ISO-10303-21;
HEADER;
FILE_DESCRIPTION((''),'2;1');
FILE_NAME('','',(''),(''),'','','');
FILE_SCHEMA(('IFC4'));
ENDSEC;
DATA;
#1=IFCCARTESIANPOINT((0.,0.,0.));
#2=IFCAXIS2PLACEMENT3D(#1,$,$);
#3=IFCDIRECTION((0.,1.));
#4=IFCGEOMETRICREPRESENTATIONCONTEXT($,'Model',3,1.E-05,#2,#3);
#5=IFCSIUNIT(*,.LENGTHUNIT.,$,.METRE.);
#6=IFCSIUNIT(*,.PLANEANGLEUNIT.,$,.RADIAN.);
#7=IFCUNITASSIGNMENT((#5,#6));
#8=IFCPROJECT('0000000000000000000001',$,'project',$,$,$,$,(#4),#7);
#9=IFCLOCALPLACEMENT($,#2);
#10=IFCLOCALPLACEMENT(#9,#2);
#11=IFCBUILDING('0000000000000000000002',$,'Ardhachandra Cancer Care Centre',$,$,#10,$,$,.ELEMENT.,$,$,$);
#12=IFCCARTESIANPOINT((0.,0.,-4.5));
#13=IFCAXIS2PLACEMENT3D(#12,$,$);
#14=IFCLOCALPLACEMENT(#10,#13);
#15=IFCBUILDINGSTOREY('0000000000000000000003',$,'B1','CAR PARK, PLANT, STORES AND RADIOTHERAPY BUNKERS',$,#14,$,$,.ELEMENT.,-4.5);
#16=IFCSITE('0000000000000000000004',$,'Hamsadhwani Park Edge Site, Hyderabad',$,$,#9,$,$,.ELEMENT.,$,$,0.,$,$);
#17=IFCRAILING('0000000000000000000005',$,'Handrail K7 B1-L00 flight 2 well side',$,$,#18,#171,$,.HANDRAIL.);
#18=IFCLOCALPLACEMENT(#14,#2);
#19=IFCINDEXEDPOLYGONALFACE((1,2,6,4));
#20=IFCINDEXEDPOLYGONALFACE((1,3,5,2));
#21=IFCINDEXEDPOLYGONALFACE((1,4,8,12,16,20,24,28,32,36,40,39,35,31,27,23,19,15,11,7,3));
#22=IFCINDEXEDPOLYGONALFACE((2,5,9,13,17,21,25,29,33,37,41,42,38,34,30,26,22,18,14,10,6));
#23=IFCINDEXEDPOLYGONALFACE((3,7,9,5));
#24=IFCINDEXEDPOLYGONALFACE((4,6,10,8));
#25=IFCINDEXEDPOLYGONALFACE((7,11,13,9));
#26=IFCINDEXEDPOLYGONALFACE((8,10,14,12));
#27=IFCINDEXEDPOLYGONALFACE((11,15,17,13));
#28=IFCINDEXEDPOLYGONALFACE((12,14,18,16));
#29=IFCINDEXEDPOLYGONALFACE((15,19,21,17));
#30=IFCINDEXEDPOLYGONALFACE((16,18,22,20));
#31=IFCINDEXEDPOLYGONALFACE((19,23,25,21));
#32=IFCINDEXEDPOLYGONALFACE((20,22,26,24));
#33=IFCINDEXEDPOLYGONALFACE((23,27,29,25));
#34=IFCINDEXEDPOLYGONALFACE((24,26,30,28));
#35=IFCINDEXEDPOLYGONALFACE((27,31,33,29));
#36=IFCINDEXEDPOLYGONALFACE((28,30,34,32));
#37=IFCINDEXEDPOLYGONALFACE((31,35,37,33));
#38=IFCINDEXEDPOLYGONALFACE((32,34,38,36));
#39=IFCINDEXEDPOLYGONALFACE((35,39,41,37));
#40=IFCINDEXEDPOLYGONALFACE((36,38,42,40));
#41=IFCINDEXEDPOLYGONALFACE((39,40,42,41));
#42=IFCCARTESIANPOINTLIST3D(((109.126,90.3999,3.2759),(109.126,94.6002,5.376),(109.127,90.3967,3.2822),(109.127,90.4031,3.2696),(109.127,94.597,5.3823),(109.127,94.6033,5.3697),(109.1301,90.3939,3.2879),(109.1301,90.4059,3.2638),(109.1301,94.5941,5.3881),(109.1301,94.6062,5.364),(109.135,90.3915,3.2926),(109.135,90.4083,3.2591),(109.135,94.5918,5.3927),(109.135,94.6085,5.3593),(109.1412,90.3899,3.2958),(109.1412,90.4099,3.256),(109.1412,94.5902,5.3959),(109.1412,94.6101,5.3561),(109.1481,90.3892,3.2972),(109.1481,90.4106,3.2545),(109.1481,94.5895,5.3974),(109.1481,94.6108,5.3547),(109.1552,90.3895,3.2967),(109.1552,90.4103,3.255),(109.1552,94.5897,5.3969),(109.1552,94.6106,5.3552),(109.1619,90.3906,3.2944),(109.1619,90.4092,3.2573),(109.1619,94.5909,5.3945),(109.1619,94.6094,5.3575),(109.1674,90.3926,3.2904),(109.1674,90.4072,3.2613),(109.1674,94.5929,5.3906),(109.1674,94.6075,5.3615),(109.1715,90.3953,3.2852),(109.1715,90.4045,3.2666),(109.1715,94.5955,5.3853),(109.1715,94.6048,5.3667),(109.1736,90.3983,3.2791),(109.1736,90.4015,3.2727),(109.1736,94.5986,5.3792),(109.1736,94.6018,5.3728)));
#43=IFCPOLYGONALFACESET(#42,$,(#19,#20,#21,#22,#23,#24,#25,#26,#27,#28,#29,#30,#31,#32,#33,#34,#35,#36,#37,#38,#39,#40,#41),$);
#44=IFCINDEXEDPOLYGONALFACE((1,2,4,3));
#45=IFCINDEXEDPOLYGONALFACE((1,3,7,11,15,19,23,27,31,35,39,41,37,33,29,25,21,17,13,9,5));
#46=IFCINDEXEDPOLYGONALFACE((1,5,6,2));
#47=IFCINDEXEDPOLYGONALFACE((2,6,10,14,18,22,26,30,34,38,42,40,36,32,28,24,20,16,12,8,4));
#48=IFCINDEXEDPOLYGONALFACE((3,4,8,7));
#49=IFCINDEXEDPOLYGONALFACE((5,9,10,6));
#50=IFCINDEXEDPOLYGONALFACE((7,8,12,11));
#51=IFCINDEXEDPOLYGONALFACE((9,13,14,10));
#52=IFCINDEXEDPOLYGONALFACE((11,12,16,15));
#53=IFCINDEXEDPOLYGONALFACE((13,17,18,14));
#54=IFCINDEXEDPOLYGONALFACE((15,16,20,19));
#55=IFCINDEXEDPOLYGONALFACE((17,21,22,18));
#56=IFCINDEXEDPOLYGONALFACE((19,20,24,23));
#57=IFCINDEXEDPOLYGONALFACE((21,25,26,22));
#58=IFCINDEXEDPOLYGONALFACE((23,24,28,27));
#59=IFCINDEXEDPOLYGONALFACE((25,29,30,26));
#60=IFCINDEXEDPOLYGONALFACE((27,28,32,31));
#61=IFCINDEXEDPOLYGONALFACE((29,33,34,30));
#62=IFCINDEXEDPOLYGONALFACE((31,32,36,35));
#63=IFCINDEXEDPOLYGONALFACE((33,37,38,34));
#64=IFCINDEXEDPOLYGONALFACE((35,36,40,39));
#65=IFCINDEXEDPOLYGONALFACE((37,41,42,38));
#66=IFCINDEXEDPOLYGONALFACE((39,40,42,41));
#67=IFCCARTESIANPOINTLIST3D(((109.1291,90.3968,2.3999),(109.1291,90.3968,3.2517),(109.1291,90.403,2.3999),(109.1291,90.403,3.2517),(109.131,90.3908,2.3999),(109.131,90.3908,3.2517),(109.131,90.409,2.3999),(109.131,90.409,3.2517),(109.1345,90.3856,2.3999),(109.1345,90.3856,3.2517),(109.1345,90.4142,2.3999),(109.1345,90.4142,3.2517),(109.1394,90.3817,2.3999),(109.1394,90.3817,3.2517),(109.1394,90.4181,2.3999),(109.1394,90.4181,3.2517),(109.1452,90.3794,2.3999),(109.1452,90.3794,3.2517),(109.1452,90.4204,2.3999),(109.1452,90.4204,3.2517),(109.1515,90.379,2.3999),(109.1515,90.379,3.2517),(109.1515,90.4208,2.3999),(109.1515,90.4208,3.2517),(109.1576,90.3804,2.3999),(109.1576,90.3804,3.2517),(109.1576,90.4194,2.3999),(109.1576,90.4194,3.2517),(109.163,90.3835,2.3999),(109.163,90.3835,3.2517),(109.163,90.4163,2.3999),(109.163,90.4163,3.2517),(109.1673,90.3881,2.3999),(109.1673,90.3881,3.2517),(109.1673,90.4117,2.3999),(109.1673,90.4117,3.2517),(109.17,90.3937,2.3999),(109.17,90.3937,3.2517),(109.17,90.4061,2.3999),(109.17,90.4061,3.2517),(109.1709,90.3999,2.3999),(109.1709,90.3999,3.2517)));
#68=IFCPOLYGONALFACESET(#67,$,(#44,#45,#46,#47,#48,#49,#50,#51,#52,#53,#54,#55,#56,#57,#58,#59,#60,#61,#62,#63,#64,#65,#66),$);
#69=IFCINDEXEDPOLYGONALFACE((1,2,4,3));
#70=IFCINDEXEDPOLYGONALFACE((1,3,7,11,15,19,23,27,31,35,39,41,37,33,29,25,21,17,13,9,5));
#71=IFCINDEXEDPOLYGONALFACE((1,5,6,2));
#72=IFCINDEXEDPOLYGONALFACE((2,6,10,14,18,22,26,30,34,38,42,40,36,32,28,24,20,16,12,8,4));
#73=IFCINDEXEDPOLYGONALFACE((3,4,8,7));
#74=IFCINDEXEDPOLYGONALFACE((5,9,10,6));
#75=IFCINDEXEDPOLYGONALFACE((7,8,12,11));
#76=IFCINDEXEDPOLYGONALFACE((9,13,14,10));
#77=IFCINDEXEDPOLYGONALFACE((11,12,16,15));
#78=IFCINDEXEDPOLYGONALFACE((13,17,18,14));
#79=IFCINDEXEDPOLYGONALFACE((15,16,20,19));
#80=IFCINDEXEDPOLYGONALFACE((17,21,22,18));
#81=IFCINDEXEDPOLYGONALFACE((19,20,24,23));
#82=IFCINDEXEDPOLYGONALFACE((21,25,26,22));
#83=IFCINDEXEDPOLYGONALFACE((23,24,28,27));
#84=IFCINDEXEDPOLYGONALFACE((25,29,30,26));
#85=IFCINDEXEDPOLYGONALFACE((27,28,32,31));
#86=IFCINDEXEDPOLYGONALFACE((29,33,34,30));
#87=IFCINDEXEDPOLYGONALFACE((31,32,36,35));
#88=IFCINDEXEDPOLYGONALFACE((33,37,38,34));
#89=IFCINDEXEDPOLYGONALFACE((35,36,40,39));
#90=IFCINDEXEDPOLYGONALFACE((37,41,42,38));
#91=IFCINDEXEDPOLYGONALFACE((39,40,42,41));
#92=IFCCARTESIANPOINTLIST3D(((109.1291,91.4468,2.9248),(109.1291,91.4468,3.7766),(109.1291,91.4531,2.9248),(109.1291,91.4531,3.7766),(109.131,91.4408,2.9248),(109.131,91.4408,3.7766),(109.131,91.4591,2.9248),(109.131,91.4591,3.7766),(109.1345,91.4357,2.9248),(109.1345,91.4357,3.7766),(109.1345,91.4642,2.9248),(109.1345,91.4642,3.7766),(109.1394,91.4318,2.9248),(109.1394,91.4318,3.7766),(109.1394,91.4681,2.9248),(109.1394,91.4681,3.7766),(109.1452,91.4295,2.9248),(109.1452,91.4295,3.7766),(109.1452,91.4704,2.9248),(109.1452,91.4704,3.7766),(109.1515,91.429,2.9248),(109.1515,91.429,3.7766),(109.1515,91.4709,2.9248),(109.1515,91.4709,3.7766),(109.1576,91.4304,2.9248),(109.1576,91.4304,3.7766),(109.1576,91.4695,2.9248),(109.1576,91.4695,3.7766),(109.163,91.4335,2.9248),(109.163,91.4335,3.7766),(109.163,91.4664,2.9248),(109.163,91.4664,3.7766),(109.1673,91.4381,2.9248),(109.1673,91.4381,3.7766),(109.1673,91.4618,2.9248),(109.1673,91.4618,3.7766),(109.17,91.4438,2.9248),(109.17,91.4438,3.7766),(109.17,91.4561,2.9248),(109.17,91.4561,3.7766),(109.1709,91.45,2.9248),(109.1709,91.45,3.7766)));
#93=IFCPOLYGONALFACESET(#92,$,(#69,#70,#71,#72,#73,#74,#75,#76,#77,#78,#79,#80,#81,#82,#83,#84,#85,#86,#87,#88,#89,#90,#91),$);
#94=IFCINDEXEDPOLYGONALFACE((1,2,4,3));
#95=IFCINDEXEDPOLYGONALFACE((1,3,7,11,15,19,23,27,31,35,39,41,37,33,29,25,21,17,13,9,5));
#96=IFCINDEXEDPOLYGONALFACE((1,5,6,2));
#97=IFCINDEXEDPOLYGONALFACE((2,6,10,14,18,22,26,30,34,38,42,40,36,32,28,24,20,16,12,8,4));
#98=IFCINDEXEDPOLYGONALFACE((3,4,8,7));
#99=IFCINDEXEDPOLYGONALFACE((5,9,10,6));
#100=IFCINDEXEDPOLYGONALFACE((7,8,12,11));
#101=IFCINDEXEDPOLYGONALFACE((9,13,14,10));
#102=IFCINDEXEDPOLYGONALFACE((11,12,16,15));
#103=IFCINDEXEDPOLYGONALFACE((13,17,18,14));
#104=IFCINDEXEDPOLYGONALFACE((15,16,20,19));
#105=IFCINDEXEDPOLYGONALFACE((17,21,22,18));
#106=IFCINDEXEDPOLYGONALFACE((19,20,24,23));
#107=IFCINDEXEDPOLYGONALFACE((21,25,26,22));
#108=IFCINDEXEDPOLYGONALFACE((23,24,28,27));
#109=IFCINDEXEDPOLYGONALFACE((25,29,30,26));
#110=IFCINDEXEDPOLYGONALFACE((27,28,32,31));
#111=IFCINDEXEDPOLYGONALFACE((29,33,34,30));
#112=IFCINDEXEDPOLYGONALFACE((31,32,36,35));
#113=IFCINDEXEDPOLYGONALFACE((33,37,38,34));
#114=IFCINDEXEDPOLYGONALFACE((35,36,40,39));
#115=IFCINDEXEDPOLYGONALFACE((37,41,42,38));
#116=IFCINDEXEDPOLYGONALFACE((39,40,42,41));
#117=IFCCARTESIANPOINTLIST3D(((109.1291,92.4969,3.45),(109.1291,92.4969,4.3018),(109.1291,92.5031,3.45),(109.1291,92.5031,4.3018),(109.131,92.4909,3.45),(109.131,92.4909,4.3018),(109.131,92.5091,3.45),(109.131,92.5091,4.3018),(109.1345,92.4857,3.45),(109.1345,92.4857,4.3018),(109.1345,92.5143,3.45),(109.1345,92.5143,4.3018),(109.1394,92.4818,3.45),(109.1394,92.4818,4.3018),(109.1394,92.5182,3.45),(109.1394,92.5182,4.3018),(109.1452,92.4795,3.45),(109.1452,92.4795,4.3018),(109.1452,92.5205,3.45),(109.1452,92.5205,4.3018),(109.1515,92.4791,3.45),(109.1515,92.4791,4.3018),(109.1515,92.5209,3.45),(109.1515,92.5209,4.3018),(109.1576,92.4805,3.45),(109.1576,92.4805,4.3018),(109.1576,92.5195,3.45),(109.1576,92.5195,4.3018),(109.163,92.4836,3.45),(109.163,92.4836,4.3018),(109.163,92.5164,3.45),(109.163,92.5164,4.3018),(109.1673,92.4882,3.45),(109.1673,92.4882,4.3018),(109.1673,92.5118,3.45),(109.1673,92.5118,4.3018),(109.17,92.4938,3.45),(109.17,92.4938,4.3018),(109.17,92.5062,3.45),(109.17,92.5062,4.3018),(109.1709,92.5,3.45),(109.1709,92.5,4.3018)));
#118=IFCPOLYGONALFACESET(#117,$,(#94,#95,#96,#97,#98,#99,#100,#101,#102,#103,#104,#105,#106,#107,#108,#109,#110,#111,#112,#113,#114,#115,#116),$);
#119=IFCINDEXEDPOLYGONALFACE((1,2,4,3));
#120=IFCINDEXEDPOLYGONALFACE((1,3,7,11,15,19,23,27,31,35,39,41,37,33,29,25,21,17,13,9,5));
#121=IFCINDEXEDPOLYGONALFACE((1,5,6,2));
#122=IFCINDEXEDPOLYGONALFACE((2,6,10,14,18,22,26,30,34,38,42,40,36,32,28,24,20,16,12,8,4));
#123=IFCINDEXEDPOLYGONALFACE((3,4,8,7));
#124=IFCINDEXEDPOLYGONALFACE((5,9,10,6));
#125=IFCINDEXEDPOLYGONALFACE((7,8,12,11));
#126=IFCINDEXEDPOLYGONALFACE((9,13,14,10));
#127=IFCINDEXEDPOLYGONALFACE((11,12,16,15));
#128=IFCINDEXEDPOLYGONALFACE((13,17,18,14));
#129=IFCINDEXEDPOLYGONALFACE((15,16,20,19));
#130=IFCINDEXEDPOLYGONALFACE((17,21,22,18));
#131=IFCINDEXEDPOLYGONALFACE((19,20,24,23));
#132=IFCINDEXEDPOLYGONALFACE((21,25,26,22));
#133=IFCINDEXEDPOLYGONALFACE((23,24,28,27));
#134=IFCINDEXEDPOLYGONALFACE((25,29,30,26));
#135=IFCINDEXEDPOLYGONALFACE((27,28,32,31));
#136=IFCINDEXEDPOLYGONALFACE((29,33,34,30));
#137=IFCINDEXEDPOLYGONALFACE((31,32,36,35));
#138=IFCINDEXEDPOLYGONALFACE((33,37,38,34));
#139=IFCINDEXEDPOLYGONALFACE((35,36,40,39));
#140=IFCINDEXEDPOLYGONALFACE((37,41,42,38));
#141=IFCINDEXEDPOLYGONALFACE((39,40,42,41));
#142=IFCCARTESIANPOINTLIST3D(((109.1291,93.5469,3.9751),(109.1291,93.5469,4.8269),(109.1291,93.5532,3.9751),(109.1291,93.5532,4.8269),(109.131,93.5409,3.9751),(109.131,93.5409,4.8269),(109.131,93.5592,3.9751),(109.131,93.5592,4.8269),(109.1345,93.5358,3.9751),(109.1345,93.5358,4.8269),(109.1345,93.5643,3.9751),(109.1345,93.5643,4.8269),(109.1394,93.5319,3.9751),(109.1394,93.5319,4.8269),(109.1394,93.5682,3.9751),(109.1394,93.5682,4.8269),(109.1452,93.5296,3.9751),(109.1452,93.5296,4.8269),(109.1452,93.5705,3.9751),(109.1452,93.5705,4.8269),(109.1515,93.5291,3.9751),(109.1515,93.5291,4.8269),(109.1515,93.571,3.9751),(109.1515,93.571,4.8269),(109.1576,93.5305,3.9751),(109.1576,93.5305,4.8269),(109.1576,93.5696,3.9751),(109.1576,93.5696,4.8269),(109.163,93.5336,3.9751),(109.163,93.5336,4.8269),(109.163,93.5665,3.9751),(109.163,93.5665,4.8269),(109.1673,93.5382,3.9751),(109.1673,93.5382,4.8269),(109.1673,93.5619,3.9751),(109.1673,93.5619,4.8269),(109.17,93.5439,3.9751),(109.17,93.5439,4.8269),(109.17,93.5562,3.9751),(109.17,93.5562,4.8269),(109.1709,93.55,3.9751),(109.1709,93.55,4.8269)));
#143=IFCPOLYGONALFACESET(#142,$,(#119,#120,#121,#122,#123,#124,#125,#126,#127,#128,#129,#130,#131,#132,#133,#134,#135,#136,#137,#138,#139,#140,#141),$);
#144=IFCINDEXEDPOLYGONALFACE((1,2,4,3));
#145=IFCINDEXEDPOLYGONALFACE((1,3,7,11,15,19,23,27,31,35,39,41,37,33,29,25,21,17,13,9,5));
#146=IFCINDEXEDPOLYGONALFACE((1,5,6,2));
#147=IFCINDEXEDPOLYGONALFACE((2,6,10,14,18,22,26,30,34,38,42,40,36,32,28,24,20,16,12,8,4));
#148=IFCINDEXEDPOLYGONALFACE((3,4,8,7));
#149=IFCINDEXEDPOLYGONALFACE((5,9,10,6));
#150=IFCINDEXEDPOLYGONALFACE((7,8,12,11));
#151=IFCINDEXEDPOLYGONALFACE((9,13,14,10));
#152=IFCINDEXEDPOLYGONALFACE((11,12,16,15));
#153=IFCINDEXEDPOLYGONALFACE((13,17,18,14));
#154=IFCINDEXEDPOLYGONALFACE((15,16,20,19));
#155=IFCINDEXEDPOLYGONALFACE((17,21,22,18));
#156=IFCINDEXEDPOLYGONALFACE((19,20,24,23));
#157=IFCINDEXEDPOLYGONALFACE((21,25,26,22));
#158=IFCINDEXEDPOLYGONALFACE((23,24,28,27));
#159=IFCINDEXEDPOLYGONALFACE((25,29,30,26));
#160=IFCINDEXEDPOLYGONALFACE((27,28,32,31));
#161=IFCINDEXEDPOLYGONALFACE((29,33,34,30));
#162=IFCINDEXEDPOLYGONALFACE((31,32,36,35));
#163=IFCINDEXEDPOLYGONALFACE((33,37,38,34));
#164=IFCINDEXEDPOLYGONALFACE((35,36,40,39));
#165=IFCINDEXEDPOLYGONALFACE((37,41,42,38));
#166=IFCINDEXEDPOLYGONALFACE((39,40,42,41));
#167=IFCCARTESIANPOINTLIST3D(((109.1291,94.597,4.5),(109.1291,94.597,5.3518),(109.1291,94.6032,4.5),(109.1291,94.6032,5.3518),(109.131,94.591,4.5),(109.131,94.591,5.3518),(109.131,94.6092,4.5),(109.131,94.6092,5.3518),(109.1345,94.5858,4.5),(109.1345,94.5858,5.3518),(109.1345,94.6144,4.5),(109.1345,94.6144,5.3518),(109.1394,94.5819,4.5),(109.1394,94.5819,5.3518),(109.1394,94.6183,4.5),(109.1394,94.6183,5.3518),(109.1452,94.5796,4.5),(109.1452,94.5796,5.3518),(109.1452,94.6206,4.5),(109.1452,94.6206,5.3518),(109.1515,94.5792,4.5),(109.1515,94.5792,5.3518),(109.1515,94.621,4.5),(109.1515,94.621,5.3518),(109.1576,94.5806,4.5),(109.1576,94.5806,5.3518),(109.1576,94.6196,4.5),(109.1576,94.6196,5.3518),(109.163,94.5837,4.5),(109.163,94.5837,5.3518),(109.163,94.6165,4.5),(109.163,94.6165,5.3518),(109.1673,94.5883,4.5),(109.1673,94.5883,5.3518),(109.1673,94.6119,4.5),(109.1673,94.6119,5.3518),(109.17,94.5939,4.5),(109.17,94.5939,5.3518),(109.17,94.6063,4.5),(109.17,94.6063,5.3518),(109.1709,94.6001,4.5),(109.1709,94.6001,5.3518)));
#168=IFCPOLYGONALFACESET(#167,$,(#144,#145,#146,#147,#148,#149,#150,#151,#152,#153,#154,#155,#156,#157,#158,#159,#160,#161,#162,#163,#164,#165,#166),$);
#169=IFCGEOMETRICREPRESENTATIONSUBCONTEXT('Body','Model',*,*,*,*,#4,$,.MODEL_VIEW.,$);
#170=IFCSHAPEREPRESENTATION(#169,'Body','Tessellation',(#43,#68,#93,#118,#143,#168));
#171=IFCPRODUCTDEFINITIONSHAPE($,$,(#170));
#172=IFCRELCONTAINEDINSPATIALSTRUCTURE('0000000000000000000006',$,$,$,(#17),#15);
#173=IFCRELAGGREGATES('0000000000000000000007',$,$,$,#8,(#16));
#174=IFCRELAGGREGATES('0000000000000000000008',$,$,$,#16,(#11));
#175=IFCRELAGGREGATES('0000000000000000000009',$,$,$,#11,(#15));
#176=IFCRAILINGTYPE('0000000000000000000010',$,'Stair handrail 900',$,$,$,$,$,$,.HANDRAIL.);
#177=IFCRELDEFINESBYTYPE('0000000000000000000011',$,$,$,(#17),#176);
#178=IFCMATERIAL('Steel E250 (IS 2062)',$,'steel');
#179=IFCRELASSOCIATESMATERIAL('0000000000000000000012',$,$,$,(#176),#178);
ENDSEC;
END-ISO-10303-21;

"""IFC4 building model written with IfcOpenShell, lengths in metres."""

from ifc_helpers import new_model, si_unit, direction, frame, origin, origin_2d, place, context, subcontext, project, spatial, circle, extrude, material, type_object, element, save


model = new_model("IFC4")

# Units and contexts
model_context = context("Model", 3, precision=1e-05, world=origin(), true_north=direction((0.0, 1.0)))
body_context = subcontext(model_context, "Body", "Model", "MODEL_VIEW")
ifc_project = project(units=[si_unit("LENGTHUNIT", "METRE"), si_unit("PLANEANGLEUNIT", "RADIAN")], contexts=[model_context])

# Site, building, storey
site_placement = place(None, origin())
site = spatial("IfcSite", under=ifc_project, at=site_placement, Name="Hamsadhwani Park Edge Site, Hyderabad", CompositionType="ELEMENT", RefElevation=0.0)
building_placement = place(site_placement, origin())
building = spatial("IfcBuilding", under=site, at=building_placement, Name="Ardhachandra Cancer Care Centre", CompositionType="ELEMENT")
storey_placement = place(building_placement, frame((0.0, 0.0, -4.5)))
storey = spatial("IfcBuildingStorey", under=building, at=storey_placement, Name="B1", Description="CAR PARK, PLANT, STORES AND RADIOTHERAPY BUNKERS", CompositionType="ELEMENT", Elevation=-4.5)

# Railing
ifc_material_1 = material(Name="Steel E250 (IS 2062)", Category="steel")
railing_type = type_object("IfcRailingType", Name="Stair handrail 900", PredefinedType="HANDRAIL", material=ifc_material_1)
for number, where, name in (
    (1, (109.1499, 90.3999, 2.3999), "Handrail K7 B1-L00 flight 2 well side"),
):
    element("IfcRailing", number, at=place(storey_placement, frame(where)), inside=storey, type_object=railing_type, Name=name, PredefinedType="HANDRAIL", context=body_context, shape_type="SweptSolid", body=[
        extrude(circle(Radius=0.0239, at=origin_2d()), frame((0.0, 0.0, 0.876), z_axis=(0.0, 0.894427, 0.447214), x_axis=(-1.0, 0.0, 0.0)), (0.0, 0.0, 1.0), 4.696),
        extrude(circle(Radius=0.021, at=origin_2d()), origin(), (0.0, 0.0, 1.0), 0.8518),
        extrude(circle(Radius=0.021, at=origin_2d()), frame((0.0, 1.05, 0.5249)), (0.0, 0.0, 1.0), 0.8518),
        extrude(circle(Radius=0.021, at=origin_2d()), frame((0.0, 2.1001, 1.05)), (0.0, 0.0, 1.0), 0.8518),
        extrude(circle(Radius=0.021, at=origin_2d()), frame((0.0, 3.1501, 1.5752)), (0.0, 0.0, 1.0), 0.8518),
        extrude(circle(Radius=0.021, at=origin_2d()), frame((0.0, 4.2002, 2.1001)), (0.0, 0.0, 1.0), 0.8518),
    ])

save(model, "model.ifc")
